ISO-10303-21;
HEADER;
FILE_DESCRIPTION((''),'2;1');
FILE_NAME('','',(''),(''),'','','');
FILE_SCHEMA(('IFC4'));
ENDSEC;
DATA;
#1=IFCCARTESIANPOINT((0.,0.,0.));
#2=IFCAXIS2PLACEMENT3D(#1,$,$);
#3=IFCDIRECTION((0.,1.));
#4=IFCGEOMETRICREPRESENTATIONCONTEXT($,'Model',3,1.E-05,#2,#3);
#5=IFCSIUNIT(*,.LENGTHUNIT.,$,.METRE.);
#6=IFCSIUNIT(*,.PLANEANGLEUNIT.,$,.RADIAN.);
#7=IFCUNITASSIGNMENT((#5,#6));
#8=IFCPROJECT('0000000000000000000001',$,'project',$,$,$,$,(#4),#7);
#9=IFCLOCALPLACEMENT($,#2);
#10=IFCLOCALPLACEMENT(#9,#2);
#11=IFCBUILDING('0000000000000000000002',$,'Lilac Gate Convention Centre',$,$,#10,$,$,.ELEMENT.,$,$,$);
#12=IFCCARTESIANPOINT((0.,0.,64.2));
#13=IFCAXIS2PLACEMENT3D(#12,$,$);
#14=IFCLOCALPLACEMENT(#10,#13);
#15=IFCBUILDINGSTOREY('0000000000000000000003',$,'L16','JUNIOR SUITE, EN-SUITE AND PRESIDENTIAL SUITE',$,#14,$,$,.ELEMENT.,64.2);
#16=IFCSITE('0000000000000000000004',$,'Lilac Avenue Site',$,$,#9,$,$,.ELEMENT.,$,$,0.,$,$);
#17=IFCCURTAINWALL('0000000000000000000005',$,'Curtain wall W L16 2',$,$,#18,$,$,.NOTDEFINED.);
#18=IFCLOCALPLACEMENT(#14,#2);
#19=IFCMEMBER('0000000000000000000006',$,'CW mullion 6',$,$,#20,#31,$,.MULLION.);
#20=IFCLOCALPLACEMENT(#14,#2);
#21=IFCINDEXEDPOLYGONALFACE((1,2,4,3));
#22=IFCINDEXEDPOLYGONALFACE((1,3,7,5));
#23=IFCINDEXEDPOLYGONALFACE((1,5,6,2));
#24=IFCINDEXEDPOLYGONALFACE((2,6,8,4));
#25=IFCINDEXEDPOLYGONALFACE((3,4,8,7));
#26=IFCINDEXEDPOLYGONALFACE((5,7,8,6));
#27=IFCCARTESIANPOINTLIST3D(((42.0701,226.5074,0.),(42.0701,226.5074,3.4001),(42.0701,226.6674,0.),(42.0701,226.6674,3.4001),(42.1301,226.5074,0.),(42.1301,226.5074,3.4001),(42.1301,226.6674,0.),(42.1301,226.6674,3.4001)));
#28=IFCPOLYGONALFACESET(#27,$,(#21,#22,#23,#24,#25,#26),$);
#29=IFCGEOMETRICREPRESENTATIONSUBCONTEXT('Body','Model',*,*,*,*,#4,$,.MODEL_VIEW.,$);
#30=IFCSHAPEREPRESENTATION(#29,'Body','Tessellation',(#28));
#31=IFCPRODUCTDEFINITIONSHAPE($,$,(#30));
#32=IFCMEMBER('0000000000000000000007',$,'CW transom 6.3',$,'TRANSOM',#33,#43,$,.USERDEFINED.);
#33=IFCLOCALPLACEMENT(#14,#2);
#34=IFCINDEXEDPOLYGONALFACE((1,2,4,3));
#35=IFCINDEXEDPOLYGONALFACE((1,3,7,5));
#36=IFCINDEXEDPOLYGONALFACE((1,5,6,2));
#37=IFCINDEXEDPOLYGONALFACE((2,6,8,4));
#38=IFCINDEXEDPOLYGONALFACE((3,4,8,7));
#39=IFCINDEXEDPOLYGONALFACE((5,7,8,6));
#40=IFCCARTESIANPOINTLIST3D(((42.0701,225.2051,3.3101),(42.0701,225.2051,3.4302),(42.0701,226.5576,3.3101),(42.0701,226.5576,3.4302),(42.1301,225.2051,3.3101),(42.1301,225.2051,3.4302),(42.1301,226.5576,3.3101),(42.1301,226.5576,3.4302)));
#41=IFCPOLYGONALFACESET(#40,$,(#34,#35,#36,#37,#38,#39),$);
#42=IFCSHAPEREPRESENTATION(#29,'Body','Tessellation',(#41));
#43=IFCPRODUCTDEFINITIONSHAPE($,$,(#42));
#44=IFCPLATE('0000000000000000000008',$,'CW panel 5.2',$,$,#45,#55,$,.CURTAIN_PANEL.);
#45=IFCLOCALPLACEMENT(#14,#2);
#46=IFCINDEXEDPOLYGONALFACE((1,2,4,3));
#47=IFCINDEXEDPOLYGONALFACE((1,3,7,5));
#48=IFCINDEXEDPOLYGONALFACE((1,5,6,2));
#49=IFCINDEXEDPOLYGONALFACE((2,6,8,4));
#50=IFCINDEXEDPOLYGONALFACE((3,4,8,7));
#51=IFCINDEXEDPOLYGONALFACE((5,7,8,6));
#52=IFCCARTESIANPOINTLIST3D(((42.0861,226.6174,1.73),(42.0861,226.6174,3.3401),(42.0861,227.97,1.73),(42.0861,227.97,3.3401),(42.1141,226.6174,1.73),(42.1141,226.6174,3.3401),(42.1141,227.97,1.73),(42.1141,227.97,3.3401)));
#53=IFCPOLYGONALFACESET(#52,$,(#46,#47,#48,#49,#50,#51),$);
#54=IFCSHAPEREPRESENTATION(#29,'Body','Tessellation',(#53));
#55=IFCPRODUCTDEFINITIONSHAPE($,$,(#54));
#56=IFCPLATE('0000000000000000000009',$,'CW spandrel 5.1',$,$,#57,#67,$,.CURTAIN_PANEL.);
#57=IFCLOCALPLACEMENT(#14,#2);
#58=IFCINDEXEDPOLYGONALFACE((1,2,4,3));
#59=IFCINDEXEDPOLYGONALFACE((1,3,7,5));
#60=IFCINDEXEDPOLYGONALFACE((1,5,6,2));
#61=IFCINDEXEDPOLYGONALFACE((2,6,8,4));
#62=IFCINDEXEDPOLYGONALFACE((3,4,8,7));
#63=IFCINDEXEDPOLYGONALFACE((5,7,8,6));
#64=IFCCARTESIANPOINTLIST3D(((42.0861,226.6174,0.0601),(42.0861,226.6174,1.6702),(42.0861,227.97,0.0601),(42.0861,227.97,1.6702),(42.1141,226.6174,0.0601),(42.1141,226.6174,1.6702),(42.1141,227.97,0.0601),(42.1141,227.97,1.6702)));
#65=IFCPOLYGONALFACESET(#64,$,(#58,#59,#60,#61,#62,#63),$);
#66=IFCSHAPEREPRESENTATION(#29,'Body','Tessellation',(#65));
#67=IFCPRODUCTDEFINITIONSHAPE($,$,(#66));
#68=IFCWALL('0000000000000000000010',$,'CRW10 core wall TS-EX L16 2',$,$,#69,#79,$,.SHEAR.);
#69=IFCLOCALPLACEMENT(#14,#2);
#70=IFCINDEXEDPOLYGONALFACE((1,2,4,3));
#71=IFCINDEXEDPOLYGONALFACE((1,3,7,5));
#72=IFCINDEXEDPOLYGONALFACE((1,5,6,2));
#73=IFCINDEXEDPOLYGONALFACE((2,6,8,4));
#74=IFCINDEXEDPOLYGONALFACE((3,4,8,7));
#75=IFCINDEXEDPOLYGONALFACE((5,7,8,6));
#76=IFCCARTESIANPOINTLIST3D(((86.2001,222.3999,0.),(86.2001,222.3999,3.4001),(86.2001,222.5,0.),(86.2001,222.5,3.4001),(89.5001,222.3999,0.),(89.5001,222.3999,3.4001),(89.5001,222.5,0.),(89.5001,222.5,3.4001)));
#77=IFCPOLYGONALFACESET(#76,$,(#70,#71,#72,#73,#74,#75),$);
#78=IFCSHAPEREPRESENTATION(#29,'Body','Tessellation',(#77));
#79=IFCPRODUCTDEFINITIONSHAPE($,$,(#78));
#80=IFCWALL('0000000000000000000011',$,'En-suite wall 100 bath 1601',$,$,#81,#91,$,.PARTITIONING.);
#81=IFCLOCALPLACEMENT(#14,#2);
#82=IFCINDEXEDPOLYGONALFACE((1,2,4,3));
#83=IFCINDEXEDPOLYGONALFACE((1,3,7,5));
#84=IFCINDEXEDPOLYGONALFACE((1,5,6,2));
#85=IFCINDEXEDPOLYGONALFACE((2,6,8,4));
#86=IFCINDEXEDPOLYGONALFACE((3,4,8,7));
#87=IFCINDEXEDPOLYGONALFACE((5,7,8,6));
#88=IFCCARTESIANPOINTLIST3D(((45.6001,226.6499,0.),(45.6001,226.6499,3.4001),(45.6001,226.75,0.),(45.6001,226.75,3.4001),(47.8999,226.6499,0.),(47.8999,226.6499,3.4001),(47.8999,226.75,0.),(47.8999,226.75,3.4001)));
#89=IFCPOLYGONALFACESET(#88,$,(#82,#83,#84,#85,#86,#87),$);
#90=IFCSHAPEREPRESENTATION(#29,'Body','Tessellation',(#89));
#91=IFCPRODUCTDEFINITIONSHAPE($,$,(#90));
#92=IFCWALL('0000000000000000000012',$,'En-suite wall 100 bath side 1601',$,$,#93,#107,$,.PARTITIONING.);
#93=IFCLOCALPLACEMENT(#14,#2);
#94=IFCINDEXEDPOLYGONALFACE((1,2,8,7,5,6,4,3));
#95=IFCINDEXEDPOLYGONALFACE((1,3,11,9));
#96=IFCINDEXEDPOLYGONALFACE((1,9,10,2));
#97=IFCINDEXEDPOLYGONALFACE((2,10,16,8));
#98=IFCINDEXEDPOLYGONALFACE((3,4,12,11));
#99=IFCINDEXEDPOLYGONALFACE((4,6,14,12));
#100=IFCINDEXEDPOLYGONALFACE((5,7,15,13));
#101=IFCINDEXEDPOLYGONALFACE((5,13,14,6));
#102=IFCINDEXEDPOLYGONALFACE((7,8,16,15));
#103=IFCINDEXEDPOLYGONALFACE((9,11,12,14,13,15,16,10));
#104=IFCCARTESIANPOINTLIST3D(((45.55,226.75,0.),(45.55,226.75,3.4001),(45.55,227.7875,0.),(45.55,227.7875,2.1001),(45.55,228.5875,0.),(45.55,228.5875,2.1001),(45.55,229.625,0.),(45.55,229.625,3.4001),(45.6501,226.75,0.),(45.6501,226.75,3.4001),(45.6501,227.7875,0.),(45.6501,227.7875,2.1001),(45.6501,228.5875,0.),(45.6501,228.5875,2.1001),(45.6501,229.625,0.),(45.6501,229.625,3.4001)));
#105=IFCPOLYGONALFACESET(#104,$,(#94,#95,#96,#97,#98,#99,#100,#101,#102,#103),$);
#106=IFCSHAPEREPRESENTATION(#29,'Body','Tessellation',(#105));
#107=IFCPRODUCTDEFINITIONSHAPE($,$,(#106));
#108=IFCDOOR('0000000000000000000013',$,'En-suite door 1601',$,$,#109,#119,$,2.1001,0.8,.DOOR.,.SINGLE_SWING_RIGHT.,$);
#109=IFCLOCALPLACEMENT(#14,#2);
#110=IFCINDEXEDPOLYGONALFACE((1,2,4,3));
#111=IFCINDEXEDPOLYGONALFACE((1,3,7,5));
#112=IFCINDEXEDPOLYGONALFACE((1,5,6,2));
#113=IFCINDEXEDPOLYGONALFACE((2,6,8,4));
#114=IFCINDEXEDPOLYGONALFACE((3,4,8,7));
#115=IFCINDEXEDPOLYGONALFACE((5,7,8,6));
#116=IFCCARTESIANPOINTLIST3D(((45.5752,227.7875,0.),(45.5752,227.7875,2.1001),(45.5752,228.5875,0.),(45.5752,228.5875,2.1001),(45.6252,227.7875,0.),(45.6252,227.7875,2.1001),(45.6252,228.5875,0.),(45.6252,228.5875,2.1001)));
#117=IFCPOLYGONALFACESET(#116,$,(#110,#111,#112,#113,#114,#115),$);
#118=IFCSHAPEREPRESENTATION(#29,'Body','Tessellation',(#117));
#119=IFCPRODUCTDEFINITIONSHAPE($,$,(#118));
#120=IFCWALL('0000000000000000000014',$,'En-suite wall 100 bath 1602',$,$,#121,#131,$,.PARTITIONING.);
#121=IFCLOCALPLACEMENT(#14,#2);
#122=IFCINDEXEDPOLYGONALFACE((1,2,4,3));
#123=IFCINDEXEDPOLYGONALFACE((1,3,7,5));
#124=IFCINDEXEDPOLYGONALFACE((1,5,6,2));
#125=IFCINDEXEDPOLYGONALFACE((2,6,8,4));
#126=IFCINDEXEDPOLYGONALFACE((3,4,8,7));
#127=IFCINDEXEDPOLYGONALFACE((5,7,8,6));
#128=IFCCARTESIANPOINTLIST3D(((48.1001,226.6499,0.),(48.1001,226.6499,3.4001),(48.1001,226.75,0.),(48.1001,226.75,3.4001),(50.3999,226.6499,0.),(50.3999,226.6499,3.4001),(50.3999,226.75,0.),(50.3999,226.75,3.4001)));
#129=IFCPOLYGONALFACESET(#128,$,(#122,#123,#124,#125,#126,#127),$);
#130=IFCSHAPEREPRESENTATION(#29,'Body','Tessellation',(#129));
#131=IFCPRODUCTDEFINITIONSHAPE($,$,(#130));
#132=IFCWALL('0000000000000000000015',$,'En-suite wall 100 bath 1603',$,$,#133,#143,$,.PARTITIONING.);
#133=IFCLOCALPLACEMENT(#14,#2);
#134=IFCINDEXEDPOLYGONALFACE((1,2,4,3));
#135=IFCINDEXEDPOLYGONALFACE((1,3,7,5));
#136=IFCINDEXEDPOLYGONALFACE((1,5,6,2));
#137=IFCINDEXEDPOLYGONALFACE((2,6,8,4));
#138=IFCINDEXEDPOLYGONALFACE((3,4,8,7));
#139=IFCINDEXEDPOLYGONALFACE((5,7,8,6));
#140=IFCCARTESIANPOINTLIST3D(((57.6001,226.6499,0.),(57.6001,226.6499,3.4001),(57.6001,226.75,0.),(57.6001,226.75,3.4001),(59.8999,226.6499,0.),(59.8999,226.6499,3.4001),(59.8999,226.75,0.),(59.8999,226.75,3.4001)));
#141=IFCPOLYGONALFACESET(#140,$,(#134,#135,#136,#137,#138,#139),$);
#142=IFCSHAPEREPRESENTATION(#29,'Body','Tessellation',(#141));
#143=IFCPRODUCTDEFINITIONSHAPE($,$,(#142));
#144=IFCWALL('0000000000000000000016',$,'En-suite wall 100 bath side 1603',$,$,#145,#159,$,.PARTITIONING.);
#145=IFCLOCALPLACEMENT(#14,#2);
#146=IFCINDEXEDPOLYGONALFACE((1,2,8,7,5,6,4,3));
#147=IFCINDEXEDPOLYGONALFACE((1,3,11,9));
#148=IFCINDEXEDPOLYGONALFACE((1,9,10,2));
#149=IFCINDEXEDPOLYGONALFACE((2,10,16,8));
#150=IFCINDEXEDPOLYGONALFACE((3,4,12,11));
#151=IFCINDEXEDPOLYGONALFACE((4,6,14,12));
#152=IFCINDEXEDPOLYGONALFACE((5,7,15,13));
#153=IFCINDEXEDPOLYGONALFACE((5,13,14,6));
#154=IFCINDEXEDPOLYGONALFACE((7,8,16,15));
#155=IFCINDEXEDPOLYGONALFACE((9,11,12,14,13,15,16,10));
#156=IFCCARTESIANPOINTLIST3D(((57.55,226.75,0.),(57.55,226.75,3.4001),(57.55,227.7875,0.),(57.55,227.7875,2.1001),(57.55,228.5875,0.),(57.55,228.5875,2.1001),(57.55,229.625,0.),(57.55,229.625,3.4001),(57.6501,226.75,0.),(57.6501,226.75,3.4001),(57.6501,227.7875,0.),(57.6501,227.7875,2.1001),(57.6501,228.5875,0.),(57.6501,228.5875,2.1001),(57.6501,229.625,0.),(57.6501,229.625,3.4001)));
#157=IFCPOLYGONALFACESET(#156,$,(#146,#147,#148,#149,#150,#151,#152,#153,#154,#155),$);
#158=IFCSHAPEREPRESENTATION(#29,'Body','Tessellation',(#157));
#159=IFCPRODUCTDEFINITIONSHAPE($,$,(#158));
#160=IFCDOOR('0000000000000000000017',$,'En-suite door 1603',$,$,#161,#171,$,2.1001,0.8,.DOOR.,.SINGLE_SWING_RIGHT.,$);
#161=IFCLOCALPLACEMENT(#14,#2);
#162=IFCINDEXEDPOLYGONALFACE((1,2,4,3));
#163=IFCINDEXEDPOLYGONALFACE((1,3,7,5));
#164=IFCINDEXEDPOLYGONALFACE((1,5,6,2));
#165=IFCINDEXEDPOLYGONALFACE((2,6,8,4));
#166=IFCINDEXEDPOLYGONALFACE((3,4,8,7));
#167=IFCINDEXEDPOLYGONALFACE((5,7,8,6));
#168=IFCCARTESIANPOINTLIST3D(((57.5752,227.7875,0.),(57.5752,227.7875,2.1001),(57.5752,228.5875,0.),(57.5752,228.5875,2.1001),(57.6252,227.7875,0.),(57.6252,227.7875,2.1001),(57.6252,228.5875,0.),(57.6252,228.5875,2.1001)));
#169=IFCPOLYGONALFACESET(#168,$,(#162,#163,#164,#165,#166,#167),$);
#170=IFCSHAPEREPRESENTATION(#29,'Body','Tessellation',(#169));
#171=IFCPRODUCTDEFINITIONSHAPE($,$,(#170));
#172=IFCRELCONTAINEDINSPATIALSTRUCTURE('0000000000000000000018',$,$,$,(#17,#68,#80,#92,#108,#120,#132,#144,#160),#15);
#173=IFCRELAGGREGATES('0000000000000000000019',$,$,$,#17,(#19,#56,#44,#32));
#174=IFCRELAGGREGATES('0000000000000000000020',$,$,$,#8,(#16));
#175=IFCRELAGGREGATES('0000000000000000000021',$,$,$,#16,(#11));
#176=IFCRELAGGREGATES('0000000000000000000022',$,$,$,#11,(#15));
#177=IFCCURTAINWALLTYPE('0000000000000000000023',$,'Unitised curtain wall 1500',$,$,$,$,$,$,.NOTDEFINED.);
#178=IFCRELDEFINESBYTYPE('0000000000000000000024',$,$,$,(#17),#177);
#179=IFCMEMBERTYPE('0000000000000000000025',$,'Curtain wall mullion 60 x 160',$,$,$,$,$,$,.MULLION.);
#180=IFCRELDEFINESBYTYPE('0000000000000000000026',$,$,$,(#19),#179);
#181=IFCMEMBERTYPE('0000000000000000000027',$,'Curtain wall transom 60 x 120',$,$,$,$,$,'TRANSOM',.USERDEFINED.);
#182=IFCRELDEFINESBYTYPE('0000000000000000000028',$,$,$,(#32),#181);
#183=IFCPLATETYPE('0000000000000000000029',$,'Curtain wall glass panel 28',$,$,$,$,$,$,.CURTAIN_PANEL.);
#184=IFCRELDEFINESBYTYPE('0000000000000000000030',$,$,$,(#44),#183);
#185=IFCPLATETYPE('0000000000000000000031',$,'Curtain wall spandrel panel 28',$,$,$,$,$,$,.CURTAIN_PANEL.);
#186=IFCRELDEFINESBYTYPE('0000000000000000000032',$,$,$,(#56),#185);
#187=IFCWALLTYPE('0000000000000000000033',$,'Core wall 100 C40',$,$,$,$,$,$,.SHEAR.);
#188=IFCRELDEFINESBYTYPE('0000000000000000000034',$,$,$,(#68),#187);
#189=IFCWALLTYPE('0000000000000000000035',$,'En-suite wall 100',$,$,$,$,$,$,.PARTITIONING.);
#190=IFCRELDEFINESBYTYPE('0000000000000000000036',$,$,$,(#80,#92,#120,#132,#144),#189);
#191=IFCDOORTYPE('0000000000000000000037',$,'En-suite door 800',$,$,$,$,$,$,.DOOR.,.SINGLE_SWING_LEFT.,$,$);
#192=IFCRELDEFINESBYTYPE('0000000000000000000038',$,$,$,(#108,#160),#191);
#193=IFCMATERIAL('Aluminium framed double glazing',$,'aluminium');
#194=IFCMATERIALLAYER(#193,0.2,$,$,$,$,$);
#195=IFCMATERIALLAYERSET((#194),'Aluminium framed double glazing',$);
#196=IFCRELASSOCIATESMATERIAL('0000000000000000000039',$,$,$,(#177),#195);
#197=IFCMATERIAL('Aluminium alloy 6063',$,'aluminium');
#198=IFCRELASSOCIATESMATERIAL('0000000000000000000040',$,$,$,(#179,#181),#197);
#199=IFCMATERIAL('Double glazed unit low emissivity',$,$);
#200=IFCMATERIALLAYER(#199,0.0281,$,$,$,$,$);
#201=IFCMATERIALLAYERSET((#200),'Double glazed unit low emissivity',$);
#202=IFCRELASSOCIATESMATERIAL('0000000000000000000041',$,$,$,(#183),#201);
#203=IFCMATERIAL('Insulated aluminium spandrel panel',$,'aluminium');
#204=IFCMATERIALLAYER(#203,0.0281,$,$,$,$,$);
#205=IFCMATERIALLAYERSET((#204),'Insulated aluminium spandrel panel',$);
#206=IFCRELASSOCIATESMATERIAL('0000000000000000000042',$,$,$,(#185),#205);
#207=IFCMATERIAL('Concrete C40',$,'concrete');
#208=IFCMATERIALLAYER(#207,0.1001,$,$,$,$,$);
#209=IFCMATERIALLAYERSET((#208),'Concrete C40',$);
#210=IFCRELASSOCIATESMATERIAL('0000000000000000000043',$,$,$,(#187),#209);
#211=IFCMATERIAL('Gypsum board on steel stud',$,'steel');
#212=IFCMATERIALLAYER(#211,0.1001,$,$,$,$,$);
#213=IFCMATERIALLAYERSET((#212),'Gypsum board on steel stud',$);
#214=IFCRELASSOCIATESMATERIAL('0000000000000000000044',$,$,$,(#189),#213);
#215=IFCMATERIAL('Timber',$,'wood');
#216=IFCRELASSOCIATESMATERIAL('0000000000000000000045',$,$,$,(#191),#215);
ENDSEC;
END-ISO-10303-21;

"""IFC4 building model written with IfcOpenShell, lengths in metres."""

from ifc_helpers import new_model, si_unit, direction, frame, frame_2d, origin, origin_2d, place, context, subcontext, project, spatial, rectangle, extrude, material, layer, layer_set, material_profile, profile_set, type_object, element, fill, aggregate, save


model = new_model("IFC4")

# Units and contexts
model_context = context("Model", 3, precision=1e-05, world=origin(), true_north=direction((0.0, 1.0)))
body_context = subcontext(model_context, "Body", "Model", "MODEL_VIEW")
ifc_project = project(units=[si_unit("LENGTHUNIT", "METRE"), si_unit("PLANEANGLEUNIT", "RADIAN")], contexts=[model_context])

# Site, building, storey
site_placement = place(None, origin())
site = spatial("IfcSite", under=ifc_project, at=site_placement, Name="Lilac Avenue Site", CompositionType="ELEMENT", RefElevation=0.0)
building_placement = place(site_placement, origin())
building = spatial("IfcBuilding", under=site, at=building_placement, Name="Lilac Gate Convention Centre", CompositionType="ELEMENT")
storey_placement = place(building_placement, frame((0.0, 0.0, 64.2)))
storey = spatial("IfcBuildingStorey", under=building, at=storey_placement, Name="L16", Description="JUNIOR SUITE, EN-SUITE AND PRESIDENTIAL SUITE", CompositionType="ELEMENT", Elevation=64.2)

# Curtain wall, members, plates
ifc_material_1 = material(Name="Aluminium framed double glazing", Category="aluminium")
ifc_layer_1 = layer(ifc_material_1, 0.2)
ifc_layer_set_1 = layer_set([ifc_layer_1], Name="Aluminium framed double glazing")
curtain_wall_type = type_object("IfcCurtainWallType", Name="Unitised curtain wall 1500", PredefinedType="NOTDEFINED", material=ifc_layer_set_1)
curtain_wall_placement = place(storey_placement, origin())
curtain_wall = element("IfcCurtainWall", 1, at=curtain_wall_placement, inside=storey, type_object=curtain_wall_type, Name="Curtain wall W L16 2", PredefinedType="NOTDEFINED")
ifc_material_2 = material(Name="Aluminium alloy 6063", Category="aluminium")
ifc_material_profile_1 = material_profile(ifc_material_2, rectangle(XDim=0.0601, YDim=0.1599, at=origin_2d()), Name="Curtain wall mullion 60 x 160")
ifc_profile_set_1 = profile_set([ifc_material_profile_1], Name="Aluminium alloy 6063")
member_type_1 = type_object("IfcMemberType", Name="Curtain wall mullion 60 x 160", PredefinedType="MULLION", material=ifc_profile_set_1)
member_1_placement = place(storey_placement, frame((42.1001, 226.5874, 0.0), z_axis=(0.0, 0.0, 1.0), x_axis=(1.0, 0.0, 0.0)))
member_1 = element("IfcMember", 2, at=member_1_placement, type_object=member_type_1, Name="CW mullion 6", PredefinedType="MULLION", context=body_context, shape_type="SweptSolid", body=[
    extrude(rectangle(XDim=0.0601, YDim=0.1599, at=origin_2d()), origin(), (0.0, 0.0, 1.0), 3.4001),
])
ifc_material_profile_2 = material_profile(ifc_material_2, rectangle(XDim=0.0601, YDim=0.1201, at=origin_2d()), Name="Curtain wall transom 60 x 120")
ifc_profile_set_2 = profile_set([ifc_material_profile_2], Name="Aluminium alloy 6063")
member_type_2 = type_object("IfcMemberType", Name="Curtain wall transom 60 x 120", ElementType="TRANSOM", PredefinedType="USERDEFINED", material=ifc_profile_set_2)
member_2_placement = place(storey_placement, frame((42.1001, 226.5576, 3.3701), z_axis=(0.0, -1.0, 0.0), x_axis=(1.0, 0.0, 0.0)))
member_2 = element("IfcMember", 3, at=member_2_placement, type_object=member_type_2, Name="CW transom 6.3", ObjectType="TRANSOM", PredefinedType="USERDEFINED", context=body_context, shape_type="SweptSolid", body=[
    extrude(rectangle(XDim=0.0601, YDim=0.1201, at=origin_2d()), origin(), (0.0, 0.0, 1.0), 1.3525),
])
ifc_material_3 = material(Name="Double glazed unit low emissivity")
ifc_layer_2 = layer(ifc_material_3, 0.0281)
ifc_layer_set_2 = layer_set([ifc_layer_2], Name="Double glazed unit low emissivity")
plate_type_1 = type_object("IfcPlateType", Name="Curtain wall glass panel 28", PredefinedType="CURTAIN_PANEL", material=ifc_layer_set_2)
plate_1_placement = place(storey_placement, frame((42.1001, 227.2937, 1.73), z_axis=(0.0, 0.0, 1.0), x_axis=(0.0, -1.0, 0.0)))
plate_1 = element("IfcPlate", 4, at=plate_1_placement, type_object=plate_type_1, Name="CW panel 5.2", PredefinedType="CURTAIN_PANEL", context=body_context, shape_type="SweptSolid", body=[
    extrude(rectangle(XDim=1.3525, YDim=0.0281, at=origin_2d()), origin(), (0.0, 0.0, 1.0), 1.6101),
])
ifc_material_4 = material(Name="Insulated aluminium spandrel panel", Category="aluminium")
ifc_layer_3 = layer(ifc_material_4, 0.0281)
ifc_layer_set_3 = layer_set([ifc_layer_3], Name="Insulated aluminium spandrel panel")
plate_type_2 = type_object("IfcPlateType", Name="Curtain wall spandrel panel 28", PredefinedType="CURTAIN_PANEL", material=ifc_layer_set_3)
plate_2_placement = place(storey_placement, frame((42.1001, 227.2937, 0.0601), z_axis=(0.0, 0.0, 1.0), x_axis=(0.0, -1.0, 0.0)))
plate_2 = element("IfcPlate", 5, at=plate_2_placement, type_object=plate_type_2, Name="CW spandrel 5.1", PredefinedType="CURTAIN_PANEL", context=body_context, shape_type="SweptSolid", body=[
    extrude(rectangle(XDim=1.3525, YDim=0.0281, at=origin_2d()), origin(), (0.0, 0.0, 1.0), 1.6101),
])
aggregate(curtain_wall, [member_1, plate_2, plate_1, member_2])

# Walls
ifc_material_5 = material(Name="Concrete C40", Category="concrete")
ifc_layer_4 = layer(ifc_material_5, 0.1001)
ifc_layer_set_4 = layer_set([ifc_layer_4], Name="Concrete C40")
wall_type_1 = type_object("IfcWallType", Name="Core wall 100 C40", PredefinedType="SHEAR", material=ifc_layer_set_4)
wall_1_placement = place(storey_placement, frame((89.5, 222.45, 0.0), z_axis=(0.0, 0.0, 1.0), x_axis=(-1.0, 0.0, 0.0)))
element("IfcWall", 6, at=wall_1_placement, inside=storey, type_object=wall_type_1, Name="CRW10 core wall TS-EX L16 2", PredefinedType="SHEAR", context=body_context, shape_type="SweptSolid", body=[
    extrude(rectangle(XDim=3.3, YDim=0.1001, at=frame_2d((1.6499, 0.0))), origin(), (0.0, 0.0, 1.0), 3.4001),
])
ifc_material_6 = material(Name="Gypsum board on steel stud", Category="steel")
ifc_layer_5 = layer(ifc_material_6, 0.1001)
ifc_layer_set_5 = layer_set([ifc_layer_5], Name="Gypsum board on steel stud")
wall_type_2 = type_object("IfcWallType", Name="En-suite wall 100", PredefinedType="PARTITIONING", material=ifc_layer_set_5)
wall_2_placement = place(storey_placement, frame((45.6001, 226.7, 0.0), z_axis=(0.0, 0.0, 1.0), x_axis=(1.0, 0.0, 0.0)))
element("IfcWall", 7, at=wall_2_placement, inside=storey, type_object=wall_type_2, Name="En-suite wall 100 bath 1601", PredefinedType="PARTITIONING", context=body_context, shape_type="SweptSolid", body=[
    extrude(rectangle(XDim=2.2998, YDim=0.1001, at=frame_2d((1.1499, 0.0))), origin(), (0.0, 0.0, 1.0), 3.4001),
])

# Wall, opening, door
wall_3_placement = place(storey_placement, frame((45.6001, 226.75, 0.0), z_axis=(0.0, 0.0, 1.0), x_axis=(0.0, 1.0, 0.0)))
wall_3 = element("IfcWall", 8, at=wall_3_placement, inside=storey, type_object=wall_type_2, Name="En-suite wall 100 bath side 1601", PredefinedType="PARTITIONING", context=body_context, shape_type="SweptSolid", body=[
    extrude(rectangle(XDim=2.875, YDim=0.1001, at=frame_2d((1.4375, 0.0))), origin(), (0.0, 0.0, 1.0), 3.4001),
])
opening_1_placement = place(wall_3_placement, frame((1.0376, 0.0, 0.0)))
opening_1 = element("IfcOpeningElement", 9, at=opening_1_placement, cuts=wall_3, PredefinedType="OPENING", context=body_context, shape_type="SweptSolid", body=[
    extrude(rectangle(XDim=0.8, YDim=2.1001, at=frame_2d((0.3999, 1.05))), frame((0.0, 0.0601, 0.0), z_axis=(0.0, -1.0, 0.0), x_axis=(1.0, 0.0, 0.0)), (0.0, 0.0, 1.0), 0.1201),
])
ifc_material_7 = material(Name="Timber", Category="wood")
door_type = type_object("IfcDoorType", Name="En-suite door 800", OperationType="SINGLE_SWING_LEFT", PredefinedType="DOOR", material=ifc_material_7)
door_1_placement = place(opening_1_placement, origin())
door_1 = element("IfcDoor", 10, at=door_1_placement, inside=storey, type_object=door_type, Name="En-suite door 1601", OperationType="SINGLE_SWING_RIGHT", OverallHeight=2.1001, OverallWidth=0.8, PredefinedType="DOOR", context=body_context, shape_type="SweptSolid", body=[
    extrude(rectangle(XDim=0.8, YDim=2.1001, at=frame_2d((0.3999, 1.05))), frame((0.0, 0.0249, 0.0), z_axis=(0.0, -1.0, 0.0), x_axis=(1.0, 0.0, 0.0)), (0.0, 0.0, 1.0), 0.05),
])
fill(opening_1, door_1)

# Walls
for number, where, z_axis, x_axis, name in (
    (11, (48.1001, 226.7, 0.0), (0.0, 0.0, 1.0), (1.0, 0.0, 0.0), "En-suite wall 100 bath 1602"),
    (12, (57.6001, 226.7, 0.0), (0.0, 0.0, 1.0), (1.0, 0.0, 0.0), "En-suite wall 100 bath 1603"),
):
    element("IfcWall", number, at=place(storey_placement, frame(where, z_axis=z_axis, x_axis=x_axis)), inside=storey, type_object=wall_type_2, Name=name, PredefinedType="PARTITIONING", context=body_context, shape_type="SweptSolid", body=[
        extrude(rectangle(XDim=2.2998, YDim=0.1001, at=frame_2d((1.1499, 0.0))), origin(), (0.0, 0.0, 1.0), 3.4001),
    ])

# Wall, opening, door
wall_4_placement = place(storey_placement, frame((57.6001, 226.75, 0.0), z_axis=(0.0, 0.0, 1.0), x_axis=(0.0, 1.0, 0.0)))
wall_4 = element("IfcWall", 13, at=wall_4_placement, inside=storey, type_object=wall_type_2, Name="En-suite wall 100 bath side 1603", PredefinedType="PARTITIONING", context=body_context, shape_type="SweptSolid", body=[
    extrude(rectangle(XDim=2.875, YDim=0.1001, at=frame_2d((1.4375, 0.0))), origin(), (0.0, 0.0, 1.0), 3.4001),
])
opening_2_placement = place(wall_4_placement, frame((1.0376, 0.0, 0.0)))
opening_2 = element("IfcOpeningElement", 14, at=opening_2_placement, cuts=wall_4, PredefinedType="OPENING", context=body_context, shape_type="SweptSolid", body=[
    extrude(rectangle(XDim=0.8, YDim=2.1001, at=frame_2d((0.3999, 1.05))), frame((0.0, 0.0601, 0.0), z_axis=(0.0, -1.0, 0.0), x_axis=(1.0, 0.0, 0.0)), (0.0, 0.0, 1.0), 0.1201),
])
door_2_placement = place(opening_2_placement, origin())
door_2 = element("IfcDoor", 15, at=door_2_placement, inside=storey, type_object=door_type, Name="En-suite door 1603", OperationType="SINGLE_SWING_RIGHT", OverallHeight=2.1001, OverallWidth=0.8, PredefinedType="DOOR", context=body_context, shape_type="SweptSolid", body=[
    extrude(rectangle(XDim=0.8, YDim=2.1001, at=frame_2d((0.3999, 1.05))), frame((0.0, 0.0249, 0.0), z_axis=(0.0, -1.0, 0.0), x_axis=(1.0, 0.0, 0.0)), (0.0, 0.0, 1.0), 0.05),
])
fill(opening_2, door_2)

save(model, "model.ifc")
